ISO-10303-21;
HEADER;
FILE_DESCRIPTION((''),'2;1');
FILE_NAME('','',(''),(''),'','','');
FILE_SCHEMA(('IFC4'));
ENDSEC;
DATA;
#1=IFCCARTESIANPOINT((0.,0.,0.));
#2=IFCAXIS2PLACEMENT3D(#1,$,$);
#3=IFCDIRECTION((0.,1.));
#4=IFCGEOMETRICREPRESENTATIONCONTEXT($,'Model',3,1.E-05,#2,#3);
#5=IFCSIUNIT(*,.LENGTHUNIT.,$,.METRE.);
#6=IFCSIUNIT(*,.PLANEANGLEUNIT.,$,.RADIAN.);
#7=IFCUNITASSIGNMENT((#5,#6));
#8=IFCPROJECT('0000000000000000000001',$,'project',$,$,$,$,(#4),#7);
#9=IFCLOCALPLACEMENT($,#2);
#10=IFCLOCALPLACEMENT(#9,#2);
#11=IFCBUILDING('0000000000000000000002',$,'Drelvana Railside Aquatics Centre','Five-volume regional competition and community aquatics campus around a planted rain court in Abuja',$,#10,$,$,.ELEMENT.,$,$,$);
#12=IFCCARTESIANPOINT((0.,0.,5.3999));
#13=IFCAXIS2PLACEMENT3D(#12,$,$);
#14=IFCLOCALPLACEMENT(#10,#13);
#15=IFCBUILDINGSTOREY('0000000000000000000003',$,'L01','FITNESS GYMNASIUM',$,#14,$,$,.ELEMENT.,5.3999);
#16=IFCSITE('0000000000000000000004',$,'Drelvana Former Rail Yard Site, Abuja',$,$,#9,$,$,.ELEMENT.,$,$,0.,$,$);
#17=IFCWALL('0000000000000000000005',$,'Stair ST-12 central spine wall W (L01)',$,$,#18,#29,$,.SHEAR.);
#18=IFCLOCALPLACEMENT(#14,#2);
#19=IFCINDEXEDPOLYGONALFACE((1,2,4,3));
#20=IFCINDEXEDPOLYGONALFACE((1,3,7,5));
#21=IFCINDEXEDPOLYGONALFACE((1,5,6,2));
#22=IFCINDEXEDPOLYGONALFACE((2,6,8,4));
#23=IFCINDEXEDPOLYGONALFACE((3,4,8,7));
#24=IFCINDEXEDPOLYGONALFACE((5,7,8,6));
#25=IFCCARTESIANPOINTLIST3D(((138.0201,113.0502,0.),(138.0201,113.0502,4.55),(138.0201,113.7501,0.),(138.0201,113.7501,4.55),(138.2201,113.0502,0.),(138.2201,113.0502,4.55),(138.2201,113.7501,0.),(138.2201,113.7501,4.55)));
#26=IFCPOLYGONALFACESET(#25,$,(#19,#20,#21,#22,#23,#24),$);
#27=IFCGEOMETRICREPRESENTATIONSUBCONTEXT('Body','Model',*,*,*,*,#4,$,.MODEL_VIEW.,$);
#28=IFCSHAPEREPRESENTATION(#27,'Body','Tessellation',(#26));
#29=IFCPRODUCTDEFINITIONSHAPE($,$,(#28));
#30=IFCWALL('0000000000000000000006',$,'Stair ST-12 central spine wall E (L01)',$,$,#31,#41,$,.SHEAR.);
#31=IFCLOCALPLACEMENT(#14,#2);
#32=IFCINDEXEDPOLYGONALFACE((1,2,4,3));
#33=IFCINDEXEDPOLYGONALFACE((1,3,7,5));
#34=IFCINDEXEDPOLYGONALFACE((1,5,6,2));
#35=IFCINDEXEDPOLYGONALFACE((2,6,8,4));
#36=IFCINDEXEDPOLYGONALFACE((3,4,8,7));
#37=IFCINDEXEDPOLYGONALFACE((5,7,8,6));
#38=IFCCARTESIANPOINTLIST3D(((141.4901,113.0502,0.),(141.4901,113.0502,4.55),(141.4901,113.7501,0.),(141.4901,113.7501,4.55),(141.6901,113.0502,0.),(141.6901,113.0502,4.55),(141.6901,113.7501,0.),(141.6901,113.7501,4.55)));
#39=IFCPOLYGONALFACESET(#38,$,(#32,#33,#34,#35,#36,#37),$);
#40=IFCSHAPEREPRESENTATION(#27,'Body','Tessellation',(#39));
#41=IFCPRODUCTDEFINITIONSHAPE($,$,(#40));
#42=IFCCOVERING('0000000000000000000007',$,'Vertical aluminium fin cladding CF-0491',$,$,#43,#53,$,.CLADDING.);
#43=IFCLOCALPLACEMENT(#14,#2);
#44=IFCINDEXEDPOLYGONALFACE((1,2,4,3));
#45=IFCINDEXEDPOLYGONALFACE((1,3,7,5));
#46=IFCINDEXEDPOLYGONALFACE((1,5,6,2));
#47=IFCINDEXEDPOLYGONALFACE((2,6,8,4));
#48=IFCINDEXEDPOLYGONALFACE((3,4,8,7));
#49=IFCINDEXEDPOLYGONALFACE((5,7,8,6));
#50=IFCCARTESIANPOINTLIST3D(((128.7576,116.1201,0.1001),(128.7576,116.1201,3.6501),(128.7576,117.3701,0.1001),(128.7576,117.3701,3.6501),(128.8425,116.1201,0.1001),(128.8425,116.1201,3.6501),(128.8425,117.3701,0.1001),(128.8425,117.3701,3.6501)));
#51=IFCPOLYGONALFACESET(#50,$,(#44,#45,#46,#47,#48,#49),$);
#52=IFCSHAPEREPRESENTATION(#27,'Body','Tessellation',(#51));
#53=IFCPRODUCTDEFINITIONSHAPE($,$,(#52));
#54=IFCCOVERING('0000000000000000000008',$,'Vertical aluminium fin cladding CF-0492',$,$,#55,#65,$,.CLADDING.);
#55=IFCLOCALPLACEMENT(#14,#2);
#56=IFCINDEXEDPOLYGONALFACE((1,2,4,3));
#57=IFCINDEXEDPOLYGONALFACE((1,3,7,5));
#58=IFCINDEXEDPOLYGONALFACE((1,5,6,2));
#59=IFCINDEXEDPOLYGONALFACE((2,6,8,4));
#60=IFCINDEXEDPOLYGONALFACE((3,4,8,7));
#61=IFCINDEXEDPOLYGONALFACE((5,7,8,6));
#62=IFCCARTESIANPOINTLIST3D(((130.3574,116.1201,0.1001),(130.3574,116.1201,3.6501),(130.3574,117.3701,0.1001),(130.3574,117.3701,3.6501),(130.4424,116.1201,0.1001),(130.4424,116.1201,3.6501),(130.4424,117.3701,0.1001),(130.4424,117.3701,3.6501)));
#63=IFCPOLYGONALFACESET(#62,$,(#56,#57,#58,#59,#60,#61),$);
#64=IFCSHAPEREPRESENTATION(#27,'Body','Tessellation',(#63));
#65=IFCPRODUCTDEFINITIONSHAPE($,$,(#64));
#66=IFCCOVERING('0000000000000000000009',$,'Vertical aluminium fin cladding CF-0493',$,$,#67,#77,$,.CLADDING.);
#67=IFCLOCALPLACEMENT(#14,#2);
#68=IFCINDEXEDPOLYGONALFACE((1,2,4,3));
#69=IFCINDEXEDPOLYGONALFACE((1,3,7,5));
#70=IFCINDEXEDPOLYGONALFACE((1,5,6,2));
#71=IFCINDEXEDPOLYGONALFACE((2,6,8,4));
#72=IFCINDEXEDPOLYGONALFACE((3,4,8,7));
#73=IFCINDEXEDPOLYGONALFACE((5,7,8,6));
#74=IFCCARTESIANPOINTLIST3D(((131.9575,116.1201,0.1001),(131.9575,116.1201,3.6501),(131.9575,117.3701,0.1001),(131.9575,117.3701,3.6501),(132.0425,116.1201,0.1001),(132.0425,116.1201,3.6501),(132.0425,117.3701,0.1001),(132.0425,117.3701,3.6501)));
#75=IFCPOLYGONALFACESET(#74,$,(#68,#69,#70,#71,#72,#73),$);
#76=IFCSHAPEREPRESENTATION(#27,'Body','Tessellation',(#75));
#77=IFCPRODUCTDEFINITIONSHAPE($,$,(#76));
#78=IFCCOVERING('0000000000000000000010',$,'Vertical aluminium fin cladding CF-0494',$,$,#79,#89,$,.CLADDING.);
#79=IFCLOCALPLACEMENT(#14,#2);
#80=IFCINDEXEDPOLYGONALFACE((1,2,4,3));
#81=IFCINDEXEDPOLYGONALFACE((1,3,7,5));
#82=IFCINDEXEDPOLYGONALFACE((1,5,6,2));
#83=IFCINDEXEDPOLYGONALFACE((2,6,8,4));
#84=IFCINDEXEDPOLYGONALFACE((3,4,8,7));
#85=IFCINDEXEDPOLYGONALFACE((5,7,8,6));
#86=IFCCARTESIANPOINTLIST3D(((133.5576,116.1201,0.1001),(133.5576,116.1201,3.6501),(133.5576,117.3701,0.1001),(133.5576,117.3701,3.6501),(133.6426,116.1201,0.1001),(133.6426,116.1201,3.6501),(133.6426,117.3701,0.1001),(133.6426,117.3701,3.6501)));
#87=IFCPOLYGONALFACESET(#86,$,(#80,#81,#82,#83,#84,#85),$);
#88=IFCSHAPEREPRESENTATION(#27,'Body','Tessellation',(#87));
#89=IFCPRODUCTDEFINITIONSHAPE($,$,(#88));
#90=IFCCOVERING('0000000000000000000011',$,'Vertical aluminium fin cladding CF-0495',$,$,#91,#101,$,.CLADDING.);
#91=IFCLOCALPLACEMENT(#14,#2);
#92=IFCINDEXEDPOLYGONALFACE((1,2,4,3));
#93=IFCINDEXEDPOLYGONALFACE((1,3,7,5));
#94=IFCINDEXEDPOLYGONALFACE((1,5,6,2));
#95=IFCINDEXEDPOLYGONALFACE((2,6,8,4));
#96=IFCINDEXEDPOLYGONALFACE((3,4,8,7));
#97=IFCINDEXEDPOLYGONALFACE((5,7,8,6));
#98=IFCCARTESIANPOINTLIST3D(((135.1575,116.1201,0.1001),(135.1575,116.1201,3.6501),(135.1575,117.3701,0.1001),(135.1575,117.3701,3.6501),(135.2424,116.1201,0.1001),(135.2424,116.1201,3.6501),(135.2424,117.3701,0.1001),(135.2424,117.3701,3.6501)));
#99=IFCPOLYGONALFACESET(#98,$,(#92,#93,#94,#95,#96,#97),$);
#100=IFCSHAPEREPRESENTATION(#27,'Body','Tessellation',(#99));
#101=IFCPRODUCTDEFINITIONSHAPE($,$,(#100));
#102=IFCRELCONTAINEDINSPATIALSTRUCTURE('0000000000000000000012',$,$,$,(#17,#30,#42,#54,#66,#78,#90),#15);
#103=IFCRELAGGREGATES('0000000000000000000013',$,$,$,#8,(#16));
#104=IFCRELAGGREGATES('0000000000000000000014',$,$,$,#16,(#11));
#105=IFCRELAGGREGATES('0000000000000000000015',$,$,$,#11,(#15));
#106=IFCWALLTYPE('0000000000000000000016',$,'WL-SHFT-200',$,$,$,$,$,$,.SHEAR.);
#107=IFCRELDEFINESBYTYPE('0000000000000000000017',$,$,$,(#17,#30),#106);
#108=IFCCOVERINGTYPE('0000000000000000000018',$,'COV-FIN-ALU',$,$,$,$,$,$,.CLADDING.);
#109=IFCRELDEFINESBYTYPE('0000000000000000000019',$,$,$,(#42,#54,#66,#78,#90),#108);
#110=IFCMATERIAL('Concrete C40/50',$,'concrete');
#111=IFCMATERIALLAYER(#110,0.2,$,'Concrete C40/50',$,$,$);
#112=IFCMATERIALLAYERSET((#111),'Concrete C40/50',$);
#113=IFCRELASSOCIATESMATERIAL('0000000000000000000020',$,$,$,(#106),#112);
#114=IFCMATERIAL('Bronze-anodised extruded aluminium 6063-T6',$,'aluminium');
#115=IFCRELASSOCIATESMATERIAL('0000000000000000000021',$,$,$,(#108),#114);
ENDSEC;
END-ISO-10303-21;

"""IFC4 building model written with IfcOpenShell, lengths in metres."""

from ifc_helpers import new_model, si_unit, direction, frame, frame_2d, origin, origin_2d, place, context, subcontext, project, spatial, rectangle, extrude, material, layer, layer_set, type_object, element, save


model = new_model("IFC4")

# Units and contexts
model_context = context("Model", 3, precision=1e-05, world=origin(), true_north=direction((0.0, 1.0)))
body_context = subcontext(model_context, "Body", "Model", "MODEL_VIEW")
ifc_project = project(units=[si_unit("LENGTHUNIT", "METRE"), si_unit("PLANEANGLEUNIT", "RADIAN")], contexts=[model_context])

# Site, building, storey
site_placement = place(None, origin())
site = spatial("IfcSite", under=ifc_project, at=site_placement, Name="Drelvana Former Rail Yard Site, Abuja", CompositionType="ELEMENT", RefElevation=0.0)
building_placement = place(site_placement, origin())
building = spatial("IfcBuilding", under=site, at=building_placement, Name="Drelvana Railside Aquatics Centre", Description="Five-volume regional competition and community aquatics campus around a planted rain court in Abuja", CompositionType="ELEMENT")
storey_placement = place(building_placement, frame((0.0, 0.0, 5.3999)))
storey = spatial("IfcBuildingStorey", under=building, at=storey_placement, Name="L01", Description="FITNESS GYMNASIUM", CompositionType="ELEMENT", Elevation=5.3999)

# Shared definitions
ifc_material_1 = material(Name="Concrete C40/50", Category="concrete")

# Walls
ifc_layer_1 = layer(ifc_material_1, 0.2, Name="Concrete C40/50")
ifc_layer_set_1 = layer_set([ifc_layer_1], Name="Concrete C40/50")
wall_type_1 = type_object("IfcWallType", Name="WL-SHFT-200", PredefinedType="SHEAR", material=ifc_layer_set_1)
for number, where, z_axis, x_axis, name in (
    (1, (138.1201, 113.05, 0.0), (0.0, 0.0, 1.0), (0.0, 1.0, 0.0), "Stair ST-12 central spine wall W (L01)"),
    (2, (141.5901, 113.05, 0.0), (0.0, 0.0, 1.0), (0.0, 1.0, 0.0), "Stair ST-12 central spine wall E (L01)"),
):
    element("IfcWall", number, at=place(storey_placement, frame(where, z_axis=z_axis, x_axis=x_axis)), inside=storey, type_object=wall_type_1, Name=name, PredefinedType="SHEAR", context=body_context, shape_type="SweptSolid", body=[
        extrude(rectangle(XDim=0.7, YDim=0.2, at=frame_2d((0.3501, 0.0))), origin(), (0.0, 0.0, 1.0), 4.55),
    ])

# Coverings
ifc_material_2 = material(Name="Bronze-anodised extruded aluminium 6063-T6", Category="aluminium")
covering_type = type_object("IfcCoveringType", Name="COV-FIN-ALU", PredefinedType="CLADDING", material=ifc_material_2)
for number, where, z_axis, x_axis, name in (
    (3, (128.8, 116.7451, 0.1001), (0.0, 0.0, 1.0), (1.0, 0.0, 0.0), "Vertical aluminium fin cladding CF-0491"),
    (4, (130.3999, 116.7451, 0.1001), (0.0, 0.0, 1.0), (1.0, 0.0, 0.0), "Vertical aluminium fin cladding CF-0492"),
    (5, (132.0, 116.7451, 0.1001), (0.0, 0.0, 1.0), (1.0, 0.0, 0.0), "Vertical aluminium fin cladding CF-0493"),
    (6, (133.6001, 116.7451, 0.1001), (0.0, 0.0, 1.0), (1.0, 0.0, 0.0), "Vertical aluminium fin cladding CF-0494"),
    (7, (135.2, 116.7451, 0.1001), (0.0, 0.0, 1.0), (1.0, 0.0, 0.0), "Vertical aluminium fin cladding CF-0495"),
):
    element("IfcCovering", number, at=place(storey_placement, frame(where, z_axis=z_axis, x_axis=x_axis)), inside=storey, type_object=covering_type, Name=name, PredefinedType="CLADDING", context=body_context, shape_type="SweptSolid", body=[
        extrude(rectangle(XDim=0.085, YDim=1.25, at=origin_2d()), origin(), (0.0, 0.0, 1.0), 3.55),
    ])

save(model, "model.ifc")
